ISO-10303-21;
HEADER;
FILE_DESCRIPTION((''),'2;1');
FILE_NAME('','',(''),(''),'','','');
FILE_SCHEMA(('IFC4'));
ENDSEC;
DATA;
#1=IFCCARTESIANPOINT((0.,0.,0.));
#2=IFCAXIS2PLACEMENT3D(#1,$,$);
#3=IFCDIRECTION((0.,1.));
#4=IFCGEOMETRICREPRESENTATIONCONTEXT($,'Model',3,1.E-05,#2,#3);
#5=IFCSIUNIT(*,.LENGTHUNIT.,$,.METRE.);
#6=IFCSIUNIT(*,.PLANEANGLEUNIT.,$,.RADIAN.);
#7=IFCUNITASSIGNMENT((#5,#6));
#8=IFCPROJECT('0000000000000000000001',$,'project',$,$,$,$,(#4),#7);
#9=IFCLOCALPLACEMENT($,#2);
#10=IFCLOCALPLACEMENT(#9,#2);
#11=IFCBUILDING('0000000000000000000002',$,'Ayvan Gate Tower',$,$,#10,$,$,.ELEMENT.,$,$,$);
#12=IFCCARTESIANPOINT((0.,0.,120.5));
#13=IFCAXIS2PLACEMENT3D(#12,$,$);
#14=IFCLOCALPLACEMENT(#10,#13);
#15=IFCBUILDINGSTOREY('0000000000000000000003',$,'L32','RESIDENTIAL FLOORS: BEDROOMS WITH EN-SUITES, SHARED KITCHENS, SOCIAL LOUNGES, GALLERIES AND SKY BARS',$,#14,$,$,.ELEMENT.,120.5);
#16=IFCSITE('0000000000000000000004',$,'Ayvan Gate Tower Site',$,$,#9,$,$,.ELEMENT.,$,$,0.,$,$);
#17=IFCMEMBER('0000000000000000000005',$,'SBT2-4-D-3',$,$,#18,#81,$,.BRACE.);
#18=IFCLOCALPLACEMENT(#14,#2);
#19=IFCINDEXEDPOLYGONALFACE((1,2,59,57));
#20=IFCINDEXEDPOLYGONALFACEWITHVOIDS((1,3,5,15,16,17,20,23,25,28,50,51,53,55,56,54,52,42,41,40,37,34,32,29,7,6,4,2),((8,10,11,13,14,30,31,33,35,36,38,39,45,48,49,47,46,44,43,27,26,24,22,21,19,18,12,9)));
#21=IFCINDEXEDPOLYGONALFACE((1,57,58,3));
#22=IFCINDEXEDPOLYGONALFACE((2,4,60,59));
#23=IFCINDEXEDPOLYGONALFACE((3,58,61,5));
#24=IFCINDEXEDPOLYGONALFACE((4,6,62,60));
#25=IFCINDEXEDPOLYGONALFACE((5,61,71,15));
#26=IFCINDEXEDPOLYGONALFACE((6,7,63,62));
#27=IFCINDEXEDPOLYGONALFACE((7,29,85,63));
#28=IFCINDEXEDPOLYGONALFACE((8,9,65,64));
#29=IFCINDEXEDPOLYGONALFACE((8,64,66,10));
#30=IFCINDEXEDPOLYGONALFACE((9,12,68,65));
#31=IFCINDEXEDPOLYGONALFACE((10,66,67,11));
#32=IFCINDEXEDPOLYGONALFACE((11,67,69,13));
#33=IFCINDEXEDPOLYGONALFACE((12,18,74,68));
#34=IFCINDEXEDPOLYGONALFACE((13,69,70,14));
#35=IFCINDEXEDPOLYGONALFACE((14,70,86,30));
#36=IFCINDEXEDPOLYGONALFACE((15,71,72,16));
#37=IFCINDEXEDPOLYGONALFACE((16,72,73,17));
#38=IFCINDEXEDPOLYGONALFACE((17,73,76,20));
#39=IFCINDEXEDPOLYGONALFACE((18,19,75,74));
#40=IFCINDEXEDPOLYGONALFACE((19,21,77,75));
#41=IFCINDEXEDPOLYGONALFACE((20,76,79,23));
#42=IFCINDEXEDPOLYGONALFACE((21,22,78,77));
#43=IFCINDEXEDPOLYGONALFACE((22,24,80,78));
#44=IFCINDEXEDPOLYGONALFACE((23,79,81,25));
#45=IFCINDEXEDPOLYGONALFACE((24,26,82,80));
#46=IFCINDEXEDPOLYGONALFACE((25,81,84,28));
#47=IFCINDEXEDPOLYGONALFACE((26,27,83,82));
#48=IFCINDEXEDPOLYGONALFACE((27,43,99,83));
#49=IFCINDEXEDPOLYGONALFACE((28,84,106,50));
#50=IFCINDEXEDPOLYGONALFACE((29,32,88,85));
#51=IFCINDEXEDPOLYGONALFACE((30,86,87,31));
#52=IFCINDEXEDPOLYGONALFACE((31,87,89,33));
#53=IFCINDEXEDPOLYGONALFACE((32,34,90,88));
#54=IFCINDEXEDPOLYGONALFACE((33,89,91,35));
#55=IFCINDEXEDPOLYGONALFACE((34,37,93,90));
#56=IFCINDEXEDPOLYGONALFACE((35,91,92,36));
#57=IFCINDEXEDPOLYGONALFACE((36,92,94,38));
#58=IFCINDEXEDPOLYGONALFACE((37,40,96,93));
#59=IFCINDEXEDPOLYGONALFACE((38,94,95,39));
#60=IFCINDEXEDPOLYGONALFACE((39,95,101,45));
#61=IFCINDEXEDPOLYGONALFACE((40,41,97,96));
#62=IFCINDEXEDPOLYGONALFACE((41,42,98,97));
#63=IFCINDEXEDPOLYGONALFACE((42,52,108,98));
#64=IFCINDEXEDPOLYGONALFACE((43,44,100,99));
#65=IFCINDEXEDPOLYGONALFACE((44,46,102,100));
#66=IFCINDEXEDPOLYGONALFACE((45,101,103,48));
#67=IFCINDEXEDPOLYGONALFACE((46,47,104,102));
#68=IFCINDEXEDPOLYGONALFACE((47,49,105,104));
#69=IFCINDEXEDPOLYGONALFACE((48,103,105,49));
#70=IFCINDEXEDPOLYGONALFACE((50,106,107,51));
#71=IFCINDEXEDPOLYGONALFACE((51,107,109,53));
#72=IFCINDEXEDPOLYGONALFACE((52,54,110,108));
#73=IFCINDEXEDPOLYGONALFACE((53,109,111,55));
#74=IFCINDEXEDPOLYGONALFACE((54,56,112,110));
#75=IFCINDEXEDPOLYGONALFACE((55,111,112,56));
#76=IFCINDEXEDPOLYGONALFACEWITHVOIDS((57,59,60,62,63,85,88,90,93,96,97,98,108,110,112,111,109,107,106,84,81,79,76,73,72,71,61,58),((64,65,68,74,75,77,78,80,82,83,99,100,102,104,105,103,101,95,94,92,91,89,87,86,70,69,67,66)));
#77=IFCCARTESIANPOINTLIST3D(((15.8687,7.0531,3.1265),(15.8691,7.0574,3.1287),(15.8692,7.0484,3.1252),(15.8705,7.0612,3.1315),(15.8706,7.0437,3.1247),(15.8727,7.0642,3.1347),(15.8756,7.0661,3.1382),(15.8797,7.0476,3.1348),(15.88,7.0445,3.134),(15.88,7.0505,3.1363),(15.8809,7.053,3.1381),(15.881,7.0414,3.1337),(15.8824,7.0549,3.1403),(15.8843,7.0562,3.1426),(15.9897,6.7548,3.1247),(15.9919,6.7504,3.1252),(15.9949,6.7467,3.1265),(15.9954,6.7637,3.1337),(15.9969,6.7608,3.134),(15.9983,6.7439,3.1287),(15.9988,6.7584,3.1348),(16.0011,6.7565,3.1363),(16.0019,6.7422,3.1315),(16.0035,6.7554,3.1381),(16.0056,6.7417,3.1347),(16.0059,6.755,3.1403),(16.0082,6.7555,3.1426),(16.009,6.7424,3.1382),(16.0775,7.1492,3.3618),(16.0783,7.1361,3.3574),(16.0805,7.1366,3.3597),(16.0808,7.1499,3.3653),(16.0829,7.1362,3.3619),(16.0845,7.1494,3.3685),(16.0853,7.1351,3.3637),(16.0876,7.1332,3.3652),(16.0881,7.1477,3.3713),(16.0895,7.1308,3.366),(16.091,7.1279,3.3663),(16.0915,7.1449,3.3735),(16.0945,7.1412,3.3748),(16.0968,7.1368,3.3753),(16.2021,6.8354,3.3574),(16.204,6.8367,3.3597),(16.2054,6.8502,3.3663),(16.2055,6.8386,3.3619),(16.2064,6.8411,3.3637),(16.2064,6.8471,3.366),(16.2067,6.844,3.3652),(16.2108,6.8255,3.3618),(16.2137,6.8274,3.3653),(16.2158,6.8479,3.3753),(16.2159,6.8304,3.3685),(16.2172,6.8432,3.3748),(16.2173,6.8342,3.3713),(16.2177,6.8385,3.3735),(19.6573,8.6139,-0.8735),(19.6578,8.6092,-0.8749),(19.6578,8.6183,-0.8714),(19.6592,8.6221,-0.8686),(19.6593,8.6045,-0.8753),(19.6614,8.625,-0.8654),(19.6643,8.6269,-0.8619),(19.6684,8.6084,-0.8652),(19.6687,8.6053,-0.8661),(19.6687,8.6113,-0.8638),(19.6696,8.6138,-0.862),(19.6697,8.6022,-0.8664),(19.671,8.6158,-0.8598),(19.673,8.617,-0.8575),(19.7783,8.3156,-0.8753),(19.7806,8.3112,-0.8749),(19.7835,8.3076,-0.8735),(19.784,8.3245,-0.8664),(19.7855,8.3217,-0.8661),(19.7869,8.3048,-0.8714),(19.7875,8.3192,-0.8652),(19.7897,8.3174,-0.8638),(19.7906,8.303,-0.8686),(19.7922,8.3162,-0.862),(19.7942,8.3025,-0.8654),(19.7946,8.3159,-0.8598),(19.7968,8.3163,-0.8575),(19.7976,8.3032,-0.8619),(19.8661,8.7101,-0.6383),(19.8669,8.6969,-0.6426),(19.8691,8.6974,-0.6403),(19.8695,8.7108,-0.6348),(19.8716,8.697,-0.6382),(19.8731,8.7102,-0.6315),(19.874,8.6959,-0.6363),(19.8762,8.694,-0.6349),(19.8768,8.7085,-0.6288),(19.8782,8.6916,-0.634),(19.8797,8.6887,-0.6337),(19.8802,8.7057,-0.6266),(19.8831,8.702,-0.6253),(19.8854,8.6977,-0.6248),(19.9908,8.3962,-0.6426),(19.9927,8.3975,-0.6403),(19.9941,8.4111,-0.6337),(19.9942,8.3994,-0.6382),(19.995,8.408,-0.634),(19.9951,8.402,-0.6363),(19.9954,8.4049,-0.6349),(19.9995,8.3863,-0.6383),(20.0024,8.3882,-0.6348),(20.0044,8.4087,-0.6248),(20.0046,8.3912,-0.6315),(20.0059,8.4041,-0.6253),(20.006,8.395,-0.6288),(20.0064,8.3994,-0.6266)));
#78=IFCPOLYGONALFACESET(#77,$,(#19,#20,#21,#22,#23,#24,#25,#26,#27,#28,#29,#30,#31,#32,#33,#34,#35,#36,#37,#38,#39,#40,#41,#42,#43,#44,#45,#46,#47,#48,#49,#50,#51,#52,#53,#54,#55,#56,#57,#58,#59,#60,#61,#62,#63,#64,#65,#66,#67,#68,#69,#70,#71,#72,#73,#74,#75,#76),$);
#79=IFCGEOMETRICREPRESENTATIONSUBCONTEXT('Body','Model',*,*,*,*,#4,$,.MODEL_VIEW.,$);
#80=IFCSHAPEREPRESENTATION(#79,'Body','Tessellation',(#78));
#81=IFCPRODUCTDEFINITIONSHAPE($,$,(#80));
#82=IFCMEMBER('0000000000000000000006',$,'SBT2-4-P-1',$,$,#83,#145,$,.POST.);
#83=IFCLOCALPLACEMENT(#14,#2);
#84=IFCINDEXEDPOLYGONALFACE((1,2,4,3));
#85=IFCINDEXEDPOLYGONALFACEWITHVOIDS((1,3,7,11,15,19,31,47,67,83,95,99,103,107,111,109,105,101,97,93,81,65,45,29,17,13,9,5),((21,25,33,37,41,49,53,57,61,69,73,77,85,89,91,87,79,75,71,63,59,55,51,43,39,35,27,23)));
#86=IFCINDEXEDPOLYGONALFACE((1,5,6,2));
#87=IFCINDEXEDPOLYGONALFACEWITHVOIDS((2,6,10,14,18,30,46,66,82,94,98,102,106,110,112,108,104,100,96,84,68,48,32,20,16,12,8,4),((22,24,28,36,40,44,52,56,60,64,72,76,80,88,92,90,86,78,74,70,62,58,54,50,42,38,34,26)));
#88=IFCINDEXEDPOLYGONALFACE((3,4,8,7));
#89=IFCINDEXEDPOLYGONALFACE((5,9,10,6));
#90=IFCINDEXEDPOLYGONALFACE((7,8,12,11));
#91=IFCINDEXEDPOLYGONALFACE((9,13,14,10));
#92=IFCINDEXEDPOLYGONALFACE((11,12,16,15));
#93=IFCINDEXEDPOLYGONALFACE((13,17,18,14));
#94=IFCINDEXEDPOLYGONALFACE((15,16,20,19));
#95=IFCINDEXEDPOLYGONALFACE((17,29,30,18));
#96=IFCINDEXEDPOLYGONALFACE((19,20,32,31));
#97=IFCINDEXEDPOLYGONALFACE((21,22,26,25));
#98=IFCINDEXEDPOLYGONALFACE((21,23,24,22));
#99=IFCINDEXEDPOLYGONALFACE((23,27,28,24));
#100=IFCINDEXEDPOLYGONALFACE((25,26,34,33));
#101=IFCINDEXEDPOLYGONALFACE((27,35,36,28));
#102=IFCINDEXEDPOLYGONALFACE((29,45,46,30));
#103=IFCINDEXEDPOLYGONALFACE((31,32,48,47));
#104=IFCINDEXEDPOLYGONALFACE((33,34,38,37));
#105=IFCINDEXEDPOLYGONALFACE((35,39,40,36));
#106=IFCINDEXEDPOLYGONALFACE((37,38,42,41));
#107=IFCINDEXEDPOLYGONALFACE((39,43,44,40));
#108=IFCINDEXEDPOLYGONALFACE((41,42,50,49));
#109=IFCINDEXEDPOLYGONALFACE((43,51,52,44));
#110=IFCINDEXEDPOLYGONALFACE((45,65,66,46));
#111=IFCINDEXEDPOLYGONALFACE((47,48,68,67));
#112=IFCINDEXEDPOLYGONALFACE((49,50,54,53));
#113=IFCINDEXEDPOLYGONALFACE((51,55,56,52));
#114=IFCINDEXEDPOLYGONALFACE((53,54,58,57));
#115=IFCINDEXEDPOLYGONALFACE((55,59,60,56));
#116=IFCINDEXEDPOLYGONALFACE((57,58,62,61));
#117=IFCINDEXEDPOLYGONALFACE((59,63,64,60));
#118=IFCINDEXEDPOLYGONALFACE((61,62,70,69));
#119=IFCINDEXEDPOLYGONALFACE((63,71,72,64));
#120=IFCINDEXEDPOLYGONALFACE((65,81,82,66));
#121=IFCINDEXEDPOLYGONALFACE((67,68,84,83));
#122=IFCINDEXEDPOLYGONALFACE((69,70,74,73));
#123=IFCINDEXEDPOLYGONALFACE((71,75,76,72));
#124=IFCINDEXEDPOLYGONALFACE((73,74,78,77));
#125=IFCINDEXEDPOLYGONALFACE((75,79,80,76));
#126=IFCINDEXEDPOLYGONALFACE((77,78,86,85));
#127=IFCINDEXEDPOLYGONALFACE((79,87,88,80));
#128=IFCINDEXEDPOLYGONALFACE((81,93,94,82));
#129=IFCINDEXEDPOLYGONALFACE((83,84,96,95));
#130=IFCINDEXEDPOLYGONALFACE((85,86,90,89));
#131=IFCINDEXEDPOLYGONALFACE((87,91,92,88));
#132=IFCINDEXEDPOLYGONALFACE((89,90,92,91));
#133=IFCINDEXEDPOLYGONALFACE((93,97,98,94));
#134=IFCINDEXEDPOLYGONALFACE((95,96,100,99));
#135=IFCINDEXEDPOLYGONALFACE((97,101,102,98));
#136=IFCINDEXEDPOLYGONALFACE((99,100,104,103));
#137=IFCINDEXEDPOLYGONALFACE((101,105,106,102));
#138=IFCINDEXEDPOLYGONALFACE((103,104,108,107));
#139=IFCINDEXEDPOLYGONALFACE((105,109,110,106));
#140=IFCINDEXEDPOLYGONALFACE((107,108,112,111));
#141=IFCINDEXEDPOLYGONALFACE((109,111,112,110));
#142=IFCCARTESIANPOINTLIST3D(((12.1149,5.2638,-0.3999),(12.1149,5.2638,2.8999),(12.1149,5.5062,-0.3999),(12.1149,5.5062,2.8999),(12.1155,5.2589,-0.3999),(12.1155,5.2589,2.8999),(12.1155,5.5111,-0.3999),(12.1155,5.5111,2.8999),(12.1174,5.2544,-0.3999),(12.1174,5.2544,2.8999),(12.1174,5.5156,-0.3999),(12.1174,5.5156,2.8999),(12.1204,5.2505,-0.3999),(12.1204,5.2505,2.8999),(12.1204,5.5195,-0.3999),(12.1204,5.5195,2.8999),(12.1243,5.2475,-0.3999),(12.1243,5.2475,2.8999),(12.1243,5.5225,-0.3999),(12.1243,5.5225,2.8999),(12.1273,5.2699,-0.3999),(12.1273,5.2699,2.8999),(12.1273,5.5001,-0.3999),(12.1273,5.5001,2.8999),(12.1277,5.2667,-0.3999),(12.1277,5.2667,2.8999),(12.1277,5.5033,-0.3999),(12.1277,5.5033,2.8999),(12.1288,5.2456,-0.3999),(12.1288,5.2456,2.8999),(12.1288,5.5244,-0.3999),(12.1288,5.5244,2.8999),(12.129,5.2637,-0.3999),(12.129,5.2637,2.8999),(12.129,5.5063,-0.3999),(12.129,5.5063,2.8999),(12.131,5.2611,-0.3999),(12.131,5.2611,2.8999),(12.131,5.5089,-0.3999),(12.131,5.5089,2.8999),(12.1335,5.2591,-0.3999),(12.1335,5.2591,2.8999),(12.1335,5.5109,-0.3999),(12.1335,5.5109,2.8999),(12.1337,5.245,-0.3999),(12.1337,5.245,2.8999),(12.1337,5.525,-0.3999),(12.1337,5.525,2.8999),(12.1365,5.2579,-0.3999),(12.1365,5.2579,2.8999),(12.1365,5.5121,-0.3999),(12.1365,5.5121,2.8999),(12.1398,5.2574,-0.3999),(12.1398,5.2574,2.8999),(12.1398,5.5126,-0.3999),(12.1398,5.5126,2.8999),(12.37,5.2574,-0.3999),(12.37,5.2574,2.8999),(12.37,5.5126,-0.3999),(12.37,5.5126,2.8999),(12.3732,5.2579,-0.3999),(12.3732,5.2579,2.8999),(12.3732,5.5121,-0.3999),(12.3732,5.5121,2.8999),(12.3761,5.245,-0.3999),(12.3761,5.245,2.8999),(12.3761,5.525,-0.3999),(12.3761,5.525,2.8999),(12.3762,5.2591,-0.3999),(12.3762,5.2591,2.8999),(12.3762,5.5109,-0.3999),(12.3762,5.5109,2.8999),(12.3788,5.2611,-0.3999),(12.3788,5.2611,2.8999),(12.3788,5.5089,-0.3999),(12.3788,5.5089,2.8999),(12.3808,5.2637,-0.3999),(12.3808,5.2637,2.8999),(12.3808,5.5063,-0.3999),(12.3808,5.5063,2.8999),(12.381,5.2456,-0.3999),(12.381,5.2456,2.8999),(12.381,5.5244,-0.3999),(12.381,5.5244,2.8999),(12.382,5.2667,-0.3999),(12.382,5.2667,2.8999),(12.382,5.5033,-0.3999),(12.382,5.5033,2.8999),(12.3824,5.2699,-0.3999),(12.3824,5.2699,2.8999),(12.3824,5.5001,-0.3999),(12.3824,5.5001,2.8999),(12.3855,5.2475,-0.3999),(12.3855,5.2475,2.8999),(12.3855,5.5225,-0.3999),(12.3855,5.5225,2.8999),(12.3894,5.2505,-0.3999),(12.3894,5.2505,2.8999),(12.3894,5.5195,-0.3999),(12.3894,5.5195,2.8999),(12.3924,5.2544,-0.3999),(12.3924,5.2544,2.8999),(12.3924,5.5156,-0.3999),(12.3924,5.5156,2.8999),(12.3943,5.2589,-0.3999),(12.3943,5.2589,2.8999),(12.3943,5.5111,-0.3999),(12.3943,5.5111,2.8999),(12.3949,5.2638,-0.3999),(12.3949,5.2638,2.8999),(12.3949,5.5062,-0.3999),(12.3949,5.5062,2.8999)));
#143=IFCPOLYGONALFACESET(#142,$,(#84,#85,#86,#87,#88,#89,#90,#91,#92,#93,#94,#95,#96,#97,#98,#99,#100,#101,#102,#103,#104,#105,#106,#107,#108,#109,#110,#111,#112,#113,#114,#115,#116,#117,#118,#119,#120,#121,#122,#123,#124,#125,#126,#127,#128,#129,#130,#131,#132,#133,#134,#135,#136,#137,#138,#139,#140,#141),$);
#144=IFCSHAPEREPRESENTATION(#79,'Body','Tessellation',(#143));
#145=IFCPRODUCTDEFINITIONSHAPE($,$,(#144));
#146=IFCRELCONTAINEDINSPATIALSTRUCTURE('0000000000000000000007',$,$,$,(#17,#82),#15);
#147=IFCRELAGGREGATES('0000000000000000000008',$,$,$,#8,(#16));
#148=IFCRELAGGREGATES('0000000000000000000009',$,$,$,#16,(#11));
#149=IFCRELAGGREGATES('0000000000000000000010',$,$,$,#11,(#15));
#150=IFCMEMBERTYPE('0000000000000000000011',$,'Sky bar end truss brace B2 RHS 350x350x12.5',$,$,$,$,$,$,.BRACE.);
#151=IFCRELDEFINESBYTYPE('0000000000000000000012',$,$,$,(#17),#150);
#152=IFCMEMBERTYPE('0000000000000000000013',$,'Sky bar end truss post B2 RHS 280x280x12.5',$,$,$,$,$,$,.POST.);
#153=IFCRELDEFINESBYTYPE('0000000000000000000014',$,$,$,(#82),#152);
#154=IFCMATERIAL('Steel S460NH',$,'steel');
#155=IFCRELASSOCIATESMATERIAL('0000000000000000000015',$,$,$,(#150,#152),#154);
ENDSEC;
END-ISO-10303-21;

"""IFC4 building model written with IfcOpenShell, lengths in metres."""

from ifc_helpers import new_model, si_unit, direction, frame, origin, origin_2d, place, context, subcontext, project, spatial, hollow_rectangle, extrude, material, material_profile, profile_set, type_object, element, save


model = new_model("IFC4")

# Units and contexts
model_context = context("Model", 3, precision=1e-05, world=origin(), true_north=direction((0.0, 1.0)))
body_context = subcontext(model_context, "Body", "Model", "MODEL_VIEW")
ifc_project = project(units=[si_unit("LENGTHUNIT", "METRE"), si_unit("PLANEANGLEUNIT", "RADIAN")], contexts=[model_context])

# Site, building, storey
site_placement = place(None, origin())
site = spatial("IfcSite", under=ifc_project, at=site_placement, Name="Ayvan Gate Tower Site", CompositionType="ELEMENT", RefElevation=0.0)
building_placement = place(site_placement, origin())
building = spatial("IfcBuilding", under=site, at=building_placement, Name="Ayvan Gate Tower", CompositionType="ELEMENT")
storey_placement = place(building_placement, frame((0.0, 0.0, 120.5)))
storey = spatial("IfcBuildingStorey", under=building, at=storey_placement, Name="L32", Description="RESIDENTIAL FLOORS: BEDROOMS WITH EN-SUITES, SHARED KITCHENS, SOCIAL LOUNGES, GALLERIES AND SKY BARS", CompositionType="ELEMENT", Elevation=120.5)

# Members
ifc_material_1 = material(Name="Steel S460NH", Category="steel")
ifc_material_profile_1 = material_profile(ifc_material_1, hollow_rectangle(XDim=0.3501, YDim=0.3501, WallThickness=0.0125, InnerFilletRadius=0.0125, OuterFilletRadius=0.0188, at=origin_2d()), Name="RHS 350x350x12.5")
ifc_profile_set_1 = profile_set([ifc_material_profile_1], Name="Steel S460NH")
member_type_1 = type_object("IfcMemberType", Name="Sky bar end truss brace B2 RHS 350x350x12.5", PredefinedType="BRACE", material=ifc_profile_set_1)
member_1_placement = place(storey_placement, frame((16.0432, 6.9458, 3.25), z_axis=(0.661621, 0.27257, -0.698544), x_axis=(-0.380915, 0.92461, 0.0)))
element("IfcMember", 1, at=member_1_placement, inside=storey, type_object=member_type_1, Name="SBT2-4-D-3", PredefinedType="BRACE", context=body_context, shape_type="SweptSolid", body=[
    extrude(hollow_rectangle(XDim=0.3501, YDim=0.3501, WallThickness=0.0125, InnerFilletRadius=0.0125, OuterFilletRadius=0.0188, at=origin_2d()), origin(), (0.0, 0.0, 1.0), 5.7263),
])
ifc_material_profile_2 = material_profile(ifc_material_1, hollow_rectangle(XDim=0.28, YDim=0.28, WallThickness=0.0125, InnerFilletRadius=0.0125, OuterFilletRadius=0.0188, at=origin_2d()), Name="RHS 280x280x12.5")
ifc_profile_set_2 = profile_set([ifc_material_profile_2], Name="Steel S460NH")
member_type_2 = type_object("IfcMemberType", Name="Sky bar end truss post B2 RHS 280x280x12.5", PredefinedType="POST", material=ifc_profile_set_2)
for number, where, z_axis, x_axis, name in (
    (2, (12.2549, 5.385, -0.3999), (0.0, 0.0, 1.0), (1.0, 0.0, 0.0), "SBT2-4-P-1"),
):
    element("IfcMember", number, at=place(storey_placement, frame(where, z_axis=z_axis, x_axis=x_axis)), inside=storey, type_object=member_type_2, Name=name, PredefinedType="POST", context=body_context, shape_type="SweptSolid", body=[
        extrude(hollow_rectangle(XDim=0.28, YDim=0.28, WallThickness=0.0125, InnerFilletRadius=0.0125, OuterFilletRadius=0.0188, at=origin_2d()), origin(), (0.0, 0.0, 1.0), 3.2998),
    ])

save(model, "model.ifc")
